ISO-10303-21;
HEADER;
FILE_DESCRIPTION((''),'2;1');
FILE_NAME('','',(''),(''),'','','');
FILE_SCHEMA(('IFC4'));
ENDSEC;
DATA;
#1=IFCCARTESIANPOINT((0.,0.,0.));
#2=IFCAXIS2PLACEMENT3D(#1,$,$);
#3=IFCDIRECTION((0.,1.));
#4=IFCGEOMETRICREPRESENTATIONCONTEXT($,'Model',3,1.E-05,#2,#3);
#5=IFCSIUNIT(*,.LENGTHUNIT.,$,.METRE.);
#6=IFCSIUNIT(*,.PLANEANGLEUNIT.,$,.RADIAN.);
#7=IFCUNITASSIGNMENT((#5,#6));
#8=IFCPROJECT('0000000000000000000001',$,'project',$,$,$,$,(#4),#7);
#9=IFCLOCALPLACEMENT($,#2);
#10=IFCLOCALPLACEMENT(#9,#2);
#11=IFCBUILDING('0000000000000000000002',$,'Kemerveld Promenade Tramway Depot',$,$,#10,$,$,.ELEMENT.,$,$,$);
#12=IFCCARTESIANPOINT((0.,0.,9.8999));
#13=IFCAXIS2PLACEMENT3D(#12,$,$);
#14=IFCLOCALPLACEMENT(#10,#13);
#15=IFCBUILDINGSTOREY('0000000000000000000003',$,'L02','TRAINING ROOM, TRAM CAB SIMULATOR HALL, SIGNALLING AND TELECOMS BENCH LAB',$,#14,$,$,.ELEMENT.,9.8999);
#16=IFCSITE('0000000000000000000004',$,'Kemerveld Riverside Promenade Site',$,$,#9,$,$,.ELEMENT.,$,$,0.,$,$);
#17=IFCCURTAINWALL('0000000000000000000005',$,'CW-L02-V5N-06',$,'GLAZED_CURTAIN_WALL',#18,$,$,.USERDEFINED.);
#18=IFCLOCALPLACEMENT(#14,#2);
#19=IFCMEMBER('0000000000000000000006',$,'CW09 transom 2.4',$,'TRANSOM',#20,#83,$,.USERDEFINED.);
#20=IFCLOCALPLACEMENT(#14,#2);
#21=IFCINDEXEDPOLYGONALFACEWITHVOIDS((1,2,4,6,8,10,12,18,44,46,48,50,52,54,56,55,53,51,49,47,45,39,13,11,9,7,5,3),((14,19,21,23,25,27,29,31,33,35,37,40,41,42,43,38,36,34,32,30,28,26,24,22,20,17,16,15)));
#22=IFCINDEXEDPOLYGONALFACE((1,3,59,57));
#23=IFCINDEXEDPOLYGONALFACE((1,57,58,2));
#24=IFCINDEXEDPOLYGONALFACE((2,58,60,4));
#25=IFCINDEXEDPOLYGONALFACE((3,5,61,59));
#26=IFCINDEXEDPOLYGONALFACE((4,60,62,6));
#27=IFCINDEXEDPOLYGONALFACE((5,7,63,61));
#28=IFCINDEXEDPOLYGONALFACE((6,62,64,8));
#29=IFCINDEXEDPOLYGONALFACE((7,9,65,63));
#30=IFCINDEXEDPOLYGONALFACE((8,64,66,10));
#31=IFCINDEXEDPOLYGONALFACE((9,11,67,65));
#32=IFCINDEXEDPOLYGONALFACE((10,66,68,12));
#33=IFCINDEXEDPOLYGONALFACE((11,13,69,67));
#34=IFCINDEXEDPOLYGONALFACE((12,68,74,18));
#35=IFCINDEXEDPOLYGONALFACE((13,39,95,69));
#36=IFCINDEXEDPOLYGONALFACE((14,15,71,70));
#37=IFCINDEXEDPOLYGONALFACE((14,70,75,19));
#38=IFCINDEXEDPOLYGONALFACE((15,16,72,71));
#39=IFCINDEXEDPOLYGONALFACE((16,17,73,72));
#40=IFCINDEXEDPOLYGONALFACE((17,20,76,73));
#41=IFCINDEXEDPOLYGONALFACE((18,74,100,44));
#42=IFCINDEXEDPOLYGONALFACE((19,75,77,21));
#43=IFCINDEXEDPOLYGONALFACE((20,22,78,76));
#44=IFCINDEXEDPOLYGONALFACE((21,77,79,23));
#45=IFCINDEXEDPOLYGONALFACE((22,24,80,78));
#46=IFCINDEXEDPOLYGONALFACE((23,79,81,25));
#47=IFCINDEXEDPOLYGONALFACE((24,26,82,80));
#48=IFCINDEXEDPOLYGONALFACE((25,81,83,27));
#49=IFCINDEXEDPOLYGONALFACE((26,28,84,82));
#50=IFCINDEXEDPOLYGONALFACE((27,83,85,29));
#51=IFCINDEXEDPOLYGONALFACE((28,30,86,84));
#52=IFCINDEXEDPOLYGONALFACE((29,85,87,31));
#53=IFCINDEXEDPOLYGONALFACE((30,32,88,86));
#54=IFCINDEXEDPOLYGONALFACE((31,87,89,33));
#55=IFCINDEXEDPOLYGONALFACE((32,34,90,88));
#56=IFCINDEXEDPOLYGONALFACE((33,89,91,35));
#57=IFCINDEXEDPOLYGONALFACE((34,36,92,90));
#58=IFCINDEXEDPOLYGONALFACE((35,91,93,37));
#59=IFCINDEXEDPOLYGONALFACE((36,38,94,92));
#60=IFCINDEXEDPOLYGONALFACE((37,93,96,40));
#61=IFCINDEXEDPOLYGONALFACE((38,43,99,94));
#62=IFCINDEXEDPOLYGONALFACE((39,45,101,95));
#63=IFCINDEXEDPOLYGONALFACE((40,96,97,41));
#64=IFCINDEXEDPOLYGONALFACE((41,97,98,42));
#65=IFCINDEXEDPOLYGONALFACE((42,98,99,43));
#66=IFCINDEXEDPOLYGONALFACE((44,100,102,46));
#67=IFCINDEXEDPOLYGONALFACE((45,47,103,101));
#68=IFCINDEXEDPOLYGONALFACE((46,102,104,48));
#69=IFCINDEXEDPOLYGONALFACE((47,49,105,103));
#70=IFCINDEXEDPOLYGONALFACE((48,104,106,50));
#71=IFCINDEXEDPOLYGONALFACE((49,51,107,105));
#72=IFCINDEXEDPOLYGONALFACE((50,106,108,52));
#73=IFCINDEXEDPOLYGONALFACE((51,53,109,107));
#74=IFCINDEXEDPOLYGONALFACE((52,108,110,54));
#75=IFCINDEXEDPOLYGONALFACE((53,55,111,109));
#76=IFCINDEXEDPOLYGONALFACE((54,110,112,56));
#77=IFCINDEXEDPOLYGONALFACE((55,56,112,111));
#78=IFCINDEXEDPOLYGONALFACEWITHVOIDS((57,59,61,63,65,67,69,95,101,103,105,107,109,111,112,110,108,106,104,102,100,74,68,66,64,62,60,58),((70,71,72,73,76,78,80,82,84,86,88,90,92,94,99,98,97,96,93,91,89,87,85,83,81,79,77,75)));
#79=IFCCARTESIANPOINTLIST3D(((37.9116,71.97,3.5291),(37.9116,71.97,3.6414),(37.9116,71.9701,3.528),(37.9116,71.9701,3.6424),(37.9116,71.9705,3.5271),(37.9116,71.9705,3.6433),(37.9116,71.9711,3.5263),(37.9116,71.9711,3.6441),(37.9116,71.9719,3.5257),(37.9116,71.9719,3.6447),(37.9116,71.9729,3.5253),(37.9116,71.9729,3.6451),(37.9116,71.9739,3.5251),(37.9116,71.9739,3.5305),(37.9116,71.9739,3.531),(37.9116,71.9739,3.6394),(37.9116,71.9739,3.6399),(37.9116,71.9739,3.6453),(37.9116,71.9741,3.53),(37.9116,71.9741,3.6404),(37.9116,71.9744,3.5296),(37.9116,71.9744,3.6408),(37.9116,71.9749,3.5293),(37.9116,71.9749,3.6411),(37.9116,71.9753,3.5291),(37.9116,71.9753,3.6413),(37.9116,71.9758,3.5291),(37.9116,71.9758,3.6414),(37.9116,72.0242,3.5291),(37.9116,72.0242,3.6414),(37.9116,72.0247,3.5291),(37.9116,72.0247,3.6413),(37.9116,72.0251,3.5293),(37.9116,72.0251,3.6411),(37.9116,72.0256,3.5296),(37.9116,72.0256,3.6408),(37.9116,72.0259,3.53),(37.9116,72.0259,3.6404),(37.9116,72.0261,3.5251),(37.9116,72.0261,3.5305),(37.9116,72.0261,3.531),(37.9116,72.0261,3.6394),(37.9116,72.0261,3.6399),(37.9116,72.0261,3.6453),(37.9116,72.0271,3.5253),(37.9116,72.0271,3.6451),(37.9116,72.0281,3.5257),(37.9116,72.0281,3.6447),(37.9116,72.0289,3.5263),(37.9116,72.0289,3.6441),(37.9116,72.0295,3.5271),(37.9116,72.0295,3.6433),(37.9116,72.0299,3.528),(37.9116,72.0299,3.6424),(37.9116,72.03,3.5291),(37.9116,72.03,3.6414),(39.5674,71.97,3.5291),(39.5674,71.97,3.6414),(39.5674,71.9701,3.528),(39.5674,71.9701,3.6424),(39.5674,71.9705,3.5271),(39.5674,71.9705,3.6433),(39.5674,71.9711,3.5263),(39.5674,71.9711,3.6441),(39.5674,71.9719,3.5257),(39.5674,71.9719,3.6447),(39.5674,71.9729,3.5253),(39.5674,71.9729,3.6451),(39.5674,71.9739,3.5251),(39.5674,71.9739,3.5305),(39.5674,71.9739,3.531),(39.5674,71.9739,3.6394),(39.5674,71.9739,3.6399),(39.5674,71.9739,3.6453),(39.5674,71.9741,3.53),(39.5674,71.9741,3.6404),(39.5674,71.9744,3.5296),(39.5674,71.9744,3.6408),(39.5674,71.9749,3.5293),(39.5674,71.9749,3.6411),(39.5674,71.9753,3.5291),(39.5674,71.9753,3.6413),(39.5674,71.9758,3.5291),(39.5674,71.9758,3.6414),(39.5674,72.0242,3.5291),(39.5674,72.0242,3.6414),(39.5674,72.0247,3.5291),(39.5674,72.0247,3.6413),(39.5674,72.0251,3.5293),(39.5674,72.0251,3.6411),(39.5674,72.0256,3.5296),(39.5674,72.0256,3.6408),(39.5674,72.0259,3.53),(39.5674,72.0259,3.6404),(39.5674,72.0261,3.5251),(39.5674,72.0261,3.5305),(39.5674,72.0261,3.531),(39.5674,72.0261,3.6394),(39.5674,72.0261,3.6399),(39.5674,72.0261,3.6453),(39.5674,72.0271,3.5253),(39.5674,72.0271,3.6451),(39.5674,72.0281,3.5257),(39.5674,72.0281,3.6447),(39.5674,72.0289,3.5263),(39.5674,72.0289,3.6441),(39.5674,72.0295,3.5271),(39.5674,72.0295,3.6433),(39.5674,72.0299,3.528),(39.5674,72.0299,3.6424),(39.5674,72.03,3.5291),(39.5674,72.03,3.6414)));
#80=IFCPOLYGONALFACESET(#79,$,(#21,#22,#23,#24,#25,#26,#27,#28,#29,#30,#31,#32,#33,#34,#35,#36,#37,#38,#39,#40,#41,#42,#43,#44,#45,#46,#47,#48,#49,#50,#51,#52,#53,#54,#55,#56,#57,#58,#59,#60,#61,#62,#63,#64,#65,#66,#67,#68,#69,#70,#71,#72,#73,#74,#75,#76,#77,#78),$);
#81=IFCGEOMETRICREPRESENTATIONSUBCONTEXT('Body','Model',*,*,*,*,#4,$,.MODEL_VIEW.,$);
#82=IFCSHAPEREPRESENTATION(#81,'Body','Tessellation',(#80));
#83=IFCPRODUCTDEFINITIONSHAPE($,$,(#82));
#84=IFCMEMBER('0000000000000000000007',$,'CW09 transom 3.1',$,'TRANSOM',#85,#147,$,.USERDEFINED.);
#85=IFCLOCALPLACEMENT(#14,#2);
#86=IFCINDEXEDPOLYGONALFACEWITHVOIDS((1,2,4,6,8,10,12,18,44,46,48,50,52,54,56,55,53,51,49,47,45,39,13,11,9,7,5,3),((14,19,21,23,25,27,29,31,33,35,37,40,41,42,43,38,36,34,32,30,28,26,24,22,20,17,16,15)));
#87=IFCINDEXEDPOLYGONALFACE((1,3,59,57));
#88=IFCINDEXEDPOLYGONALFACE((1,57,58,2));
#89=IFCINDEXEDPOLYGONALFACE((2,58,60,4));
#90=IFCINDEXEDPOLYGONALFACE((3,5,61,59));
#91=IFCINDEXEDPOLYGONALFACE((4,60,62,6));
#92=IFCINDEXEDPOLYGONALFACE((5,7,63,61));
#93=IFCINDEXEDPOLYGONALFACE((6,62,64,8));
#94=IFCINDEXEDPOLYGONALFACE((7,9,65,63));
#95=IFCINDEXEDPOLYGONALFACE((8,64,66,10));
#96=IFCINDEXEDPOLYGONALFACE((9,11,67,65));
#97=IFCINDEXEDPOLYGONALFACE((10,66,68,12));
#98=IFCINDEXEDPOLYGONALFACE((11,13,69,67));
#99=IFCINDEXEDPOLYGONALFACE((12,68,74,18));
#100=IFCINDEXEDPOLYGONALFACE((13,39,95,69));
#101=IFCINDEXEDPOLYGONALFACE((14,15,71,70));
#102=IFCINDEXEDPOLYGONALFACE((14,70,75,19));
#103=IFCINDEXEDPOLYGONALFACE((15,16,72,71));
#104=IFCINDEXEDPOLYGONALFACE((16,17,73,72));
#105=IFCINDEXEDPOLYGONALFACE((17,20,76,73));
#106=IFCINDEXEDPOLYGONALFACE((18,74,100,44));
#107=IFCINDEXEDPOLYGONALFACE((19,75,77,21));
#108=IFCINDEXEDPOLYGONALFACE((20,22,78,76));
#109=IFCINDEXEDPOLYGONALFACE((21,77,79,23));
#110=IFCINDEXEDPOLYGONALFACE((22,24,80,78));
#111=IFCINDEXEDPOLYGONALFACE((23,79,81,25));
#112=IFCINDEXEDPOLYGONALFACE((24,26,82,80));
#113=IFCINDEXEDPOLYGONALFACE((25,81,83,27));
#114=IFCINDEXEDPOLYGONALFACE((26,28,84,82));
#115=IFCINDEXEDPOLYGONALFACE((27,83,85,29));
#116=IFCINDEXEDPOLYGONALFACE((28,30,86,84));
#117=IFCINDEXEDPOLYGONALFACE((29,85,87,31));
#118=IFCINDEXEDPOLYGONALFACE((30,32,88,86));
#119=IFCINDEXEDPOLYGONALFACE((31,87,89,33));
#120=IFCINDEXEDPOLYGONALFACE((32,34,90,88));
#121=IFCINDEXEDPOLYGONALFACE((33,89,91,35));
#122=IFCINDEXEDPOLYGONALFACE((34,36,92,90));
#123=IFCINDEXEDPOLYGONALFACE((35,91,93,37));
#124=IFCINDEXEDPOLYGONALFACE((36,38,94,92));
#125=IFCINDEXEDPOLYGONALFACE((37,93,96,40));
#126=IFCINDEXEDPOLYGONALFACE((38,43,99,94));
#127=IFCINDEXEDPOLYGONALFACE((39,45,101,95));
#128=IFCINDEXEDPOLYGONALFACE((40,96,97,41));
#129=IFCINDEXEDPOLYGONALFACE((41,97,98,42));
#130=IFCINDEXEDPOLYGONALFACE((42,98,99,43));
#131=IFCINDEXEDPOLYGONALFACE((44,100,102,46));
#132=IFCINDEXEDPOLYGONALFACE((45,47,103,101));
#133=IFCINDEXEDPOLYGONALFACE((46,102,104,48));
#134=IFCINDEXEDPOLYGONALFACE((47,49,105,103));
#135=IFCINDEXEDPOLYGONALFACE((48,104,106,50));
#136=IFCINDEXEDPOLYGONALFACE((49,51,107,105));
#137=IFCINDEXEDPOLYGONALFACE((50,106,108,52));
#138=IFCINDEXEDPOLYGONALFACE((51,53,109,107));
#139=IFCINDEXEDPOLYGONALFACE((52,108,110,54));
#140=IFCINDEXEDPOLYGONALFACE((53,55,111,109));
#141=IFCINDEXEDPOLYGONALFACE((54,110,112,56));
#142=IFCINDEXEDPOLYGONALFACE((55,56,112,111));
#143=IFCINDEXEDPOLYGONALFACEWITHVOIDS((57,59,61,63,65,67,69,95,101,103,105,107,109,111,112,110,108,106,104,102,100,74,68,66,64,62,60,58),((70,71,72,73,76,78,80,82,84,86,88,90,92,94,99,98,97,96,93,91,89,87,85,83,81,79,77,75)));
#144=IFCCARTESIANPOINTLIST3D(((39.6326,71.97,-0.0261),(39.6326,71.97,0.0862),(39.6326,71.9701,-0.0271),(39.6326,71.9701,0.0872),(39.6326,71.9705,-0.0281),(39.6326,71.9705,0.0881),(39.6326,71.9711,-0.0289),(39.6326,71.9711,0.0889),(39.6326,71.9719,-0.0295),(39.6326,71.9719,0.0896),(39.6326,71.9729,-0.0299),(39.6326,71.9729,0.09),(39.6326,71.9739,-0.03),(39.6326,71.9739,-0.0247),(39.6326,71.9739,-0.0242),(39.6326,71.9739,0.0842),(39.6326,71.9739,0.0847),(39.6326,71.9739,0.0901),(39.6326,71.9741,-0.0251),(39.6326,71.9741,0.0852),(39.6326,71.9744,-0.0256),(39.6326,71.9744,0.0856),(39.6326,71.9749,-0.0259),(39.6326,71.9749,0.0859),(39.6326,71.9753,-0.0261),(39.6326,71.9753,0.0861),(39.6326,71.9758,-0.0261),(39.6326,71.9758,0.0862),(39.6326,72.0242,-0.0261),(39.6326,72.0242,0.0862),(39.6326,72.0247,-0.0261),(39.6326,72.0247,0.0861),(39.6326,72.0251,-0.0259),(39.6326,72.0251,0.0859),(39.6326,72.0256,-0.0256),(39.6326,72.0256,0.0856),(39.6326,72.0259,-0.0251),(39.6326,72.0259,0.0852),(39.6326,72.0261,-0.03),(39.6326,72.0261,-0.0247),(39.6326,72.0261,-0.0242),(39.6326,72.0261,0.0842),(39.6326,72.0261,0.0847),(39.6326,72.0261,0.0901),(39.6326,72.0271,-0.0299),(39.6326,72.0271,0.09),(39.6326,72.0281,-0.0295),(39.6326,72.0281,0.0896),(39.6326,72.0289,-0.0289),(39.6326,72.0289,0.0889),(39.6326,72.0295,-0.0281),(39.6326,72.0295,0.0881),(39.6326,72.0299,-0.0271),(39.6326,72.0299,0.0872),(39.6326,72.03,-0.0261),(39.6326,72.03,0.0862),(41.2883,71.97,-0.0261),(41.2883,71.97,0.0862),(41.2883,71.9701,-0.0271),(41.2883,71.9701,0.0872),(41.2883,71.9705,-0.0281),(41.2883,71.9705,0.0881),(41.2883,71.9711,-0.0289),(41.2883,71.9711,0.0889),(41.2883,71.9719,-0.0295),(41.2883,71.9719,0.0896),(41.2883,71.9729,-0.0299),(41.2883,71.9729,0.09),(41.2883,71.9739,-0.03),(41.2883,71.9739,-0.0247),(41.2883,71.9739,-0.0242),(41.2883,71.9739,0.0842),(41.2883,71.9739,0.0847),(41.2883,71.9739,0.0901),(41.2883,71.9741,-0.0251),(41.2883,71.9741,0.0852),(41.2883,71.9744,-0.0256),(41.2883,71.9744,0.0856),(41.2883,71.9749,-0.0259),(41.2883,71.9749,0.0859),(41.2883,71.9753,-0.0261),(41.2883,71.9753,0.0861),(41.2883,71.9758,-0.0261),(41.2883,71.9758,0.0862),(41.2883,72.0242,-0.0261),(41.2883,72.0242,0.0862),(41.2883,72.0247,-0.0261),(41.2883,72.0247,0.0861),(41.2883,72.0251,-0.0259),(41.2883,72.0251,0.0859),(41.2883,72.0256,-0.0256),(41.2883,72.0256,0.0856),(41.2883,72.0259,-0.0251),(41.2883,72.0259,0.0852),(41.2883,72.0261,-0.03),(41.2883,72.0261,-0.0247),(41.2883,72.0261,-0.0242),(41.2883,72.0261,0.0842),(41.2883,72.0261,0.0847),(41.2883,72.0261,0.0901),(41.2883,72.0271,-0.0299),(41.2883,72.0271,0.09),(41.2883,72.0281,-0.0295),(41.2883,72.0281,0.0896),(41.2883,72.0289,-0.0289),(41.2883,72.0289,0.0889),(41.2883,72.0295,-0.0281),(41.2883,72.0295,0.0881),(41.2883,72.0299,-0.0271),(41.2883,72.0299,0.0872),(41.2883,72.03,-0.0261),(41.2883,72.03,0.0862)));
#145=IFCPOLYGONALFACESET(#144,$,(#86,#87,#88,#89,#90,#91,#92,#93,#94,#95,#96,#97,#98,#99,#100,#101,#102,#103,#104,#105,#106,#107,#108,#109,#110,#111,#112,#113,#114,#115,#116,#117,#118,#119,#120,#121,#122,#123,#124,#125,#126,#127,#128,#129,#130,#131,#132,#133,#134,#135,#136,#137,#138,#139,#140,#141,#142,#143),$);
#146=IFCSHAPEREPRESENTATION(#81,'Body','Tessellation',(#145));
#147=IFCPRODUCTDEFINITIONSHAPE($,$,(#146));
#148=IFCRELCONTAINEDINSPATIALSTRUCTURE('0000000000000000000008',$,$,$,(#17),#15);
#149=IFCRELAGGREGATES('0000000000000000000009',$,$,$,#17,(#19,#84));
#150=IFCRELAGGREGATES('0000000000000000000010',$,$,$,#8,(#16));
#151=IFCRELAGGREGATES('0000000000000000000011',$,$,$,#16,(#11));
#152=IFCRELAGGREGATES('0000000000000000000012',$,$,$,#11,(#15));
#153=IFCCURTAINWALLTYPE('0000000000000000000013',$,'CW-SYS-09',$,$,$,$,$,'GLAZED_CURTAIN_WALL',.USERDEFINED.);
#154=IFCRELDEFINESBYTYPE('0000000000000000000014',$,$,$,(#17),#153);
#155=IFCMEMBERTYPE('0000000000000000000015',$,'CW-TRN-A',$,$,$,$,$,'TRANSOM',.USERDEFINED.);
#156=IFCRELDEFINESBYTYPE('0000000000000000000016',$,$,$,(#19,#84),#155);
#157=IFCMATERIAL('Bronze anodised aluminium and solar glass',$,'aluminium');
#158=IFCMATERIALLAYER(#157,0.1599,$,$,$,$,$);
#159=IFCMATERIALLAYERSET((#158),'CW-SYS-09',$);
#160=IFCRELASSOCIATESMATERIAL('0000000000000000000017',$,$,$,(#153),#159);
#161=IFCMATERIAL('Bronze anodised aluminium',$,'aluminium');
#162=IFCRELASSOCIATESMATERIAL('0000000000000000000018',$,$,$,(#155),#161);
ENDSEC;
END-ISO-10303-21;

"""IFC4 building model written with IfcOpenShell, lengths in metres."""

from ifc_helpers import new_model, si_unit, direction, frame, origin, origin_2d, place, context, subcontext, project, spatial, hollow_rectangle, extrude, material, layer, layer_set, material_profile, profile_set, type_object, element, aggregate, save


model = new_model("IFC4")

# Units and contexts
model_context = context("Model", 3, precision=1e-05, world=origin(), true_north=direction((0.0, 1.0)))
body_context = subcontext(model_context, "Body", "Model", "MODEL_VIEW")
ifc_project = project(units=[si_unit("LENGTHUNIT", "METRE"), si_unit("PLANEANGLEUNIT", "RADIAN")], contexts=[model_context])

# Site, building, storey
site_placement = place(None, origin())
site = spatial("IfcSite", under=ifc_project, at=site_placement, Name="Kemerveld Riverside Promenade Site", CompositionType="ELEMENT", RefElevation=0.0)
building_placement = place(site_placement, origin())
building = spatial("IfcBuilding", under=site, at=building_placement, Name="Kemerveld Promenade Tramway Depot", CompositionType="ELEMENT")
storey_placement = place(building_placement, frame((0.0, 0.0, 9.8999)))
storey = spatial("IfcBuildingStorey", under=building, at=storey_placement, Name="L02", Description="TRAINING ROOM, TRAM CAB SIMULATOR HALL, SIGNALLING AND TELECOMS BENCH LAB", CompositionType="ELEMENT", Elevation=9.8999)

# Curtain wall, members
ifc_material_1 = material(Name="Bronze anodised aluminium and solar glass", Category="aluminium")
ifc_layer_1 = layer(ifc_material_1, 0.1599)
ifc_layer_set_1 = layer_set([ifc_layer_1], Name="CW-SYS-09")
curtain_wall_type = type_object("IfcCurtainWallType", Name="CW-SYS-09", ElementType="GLAZED_CURTAIN_WALL", PredefinedType="USERDEFINED", material=ifc_layer_set_1)
curtain_wall_placement = place(storey_placement, origin())
curtain_wall = element("IfcCurtainWall", 1, at=curtain_wall_placement, inside=storey, type_object=curtain_wall_type, Name="CW-L02-V5N-06", ObjectType="GLAZED_CURTAIN_WALL", PredefinedType="USERDEFINED")
ifc_material_2 = material(Name="Bronze anodised aluminium", Category="aluminium")
ifc_material_profile_1 = material_profile(ifc_material_2, hollow_rectangle(XDim=0.0601, YDim=0.1201, WallThickness=0.0039, InnerFilletRadius=0.002, OuterFilletRadius=0.0039, at=origin_2d()), Name="CW-TRN-120x60")
ifc_profile_set_1 = profile_set([ifc_material_profile_1], Name="Bronze anodised aluminium")
member_type_1 = type_object("IfcMemberType", Name="CW-TRN-A", ElementType="TRANSOM", PredefinedType="USERDEFINED", material=ifc_profile_set_1)
member_1_placement = place(storey_placement, frame((37.9116, 72.0, 3.5852), z_axis=(1.0, 0.0, 0.0), x_axis=(0.0, 1.0, 0.0)))
member_1 = element("IfcMember", 2, at=member_1_placement, type_object=member_type_1, Name="CW09 transom 2.4", ObjectType="TRANSOM", PredefinedType="USERDEFINED", context=body_context, shape_type="SweptSolid", body=[
    extrude(hollow_rectangle(XDim=0.0601, YDim=0.1201, WallThickness=0.0039, InnerFilletRadius=0.002, OuterFilletRadius=0.0039, at=origin_2d()), origin(), (0.0, 0.0, 1.0), 1.6558),
])
member_2_placement = place(storey_placement, frame((39.6326, 72.0, 0.03), z_axis=(1.0, 0.0, 0.0), x_axis=(0.0, 1.0, 0.0)))
member_2 = element("IfcMember", 3, at=member_2_placement, type_object=member_type_1, Name="CW09 transom 3.1", ObjectType="TRANSOM", PredefinedType="USERDEFINED", context=body_context, shape_type="SweptSolid", body=[
    extrude(hollow_rectangle(XDim=0.0601, YDim=0.1201, WallThickness=0.0039, InnerFilletRadius=0.002, OuterFilletRadius=0.0039, at=origin_2d()), origin(), (0.0, 0.0, 1.0), 1.6558),
])
aggregate(curtain_wall, [member_1, member_2])

save(model, "model.ifc")
